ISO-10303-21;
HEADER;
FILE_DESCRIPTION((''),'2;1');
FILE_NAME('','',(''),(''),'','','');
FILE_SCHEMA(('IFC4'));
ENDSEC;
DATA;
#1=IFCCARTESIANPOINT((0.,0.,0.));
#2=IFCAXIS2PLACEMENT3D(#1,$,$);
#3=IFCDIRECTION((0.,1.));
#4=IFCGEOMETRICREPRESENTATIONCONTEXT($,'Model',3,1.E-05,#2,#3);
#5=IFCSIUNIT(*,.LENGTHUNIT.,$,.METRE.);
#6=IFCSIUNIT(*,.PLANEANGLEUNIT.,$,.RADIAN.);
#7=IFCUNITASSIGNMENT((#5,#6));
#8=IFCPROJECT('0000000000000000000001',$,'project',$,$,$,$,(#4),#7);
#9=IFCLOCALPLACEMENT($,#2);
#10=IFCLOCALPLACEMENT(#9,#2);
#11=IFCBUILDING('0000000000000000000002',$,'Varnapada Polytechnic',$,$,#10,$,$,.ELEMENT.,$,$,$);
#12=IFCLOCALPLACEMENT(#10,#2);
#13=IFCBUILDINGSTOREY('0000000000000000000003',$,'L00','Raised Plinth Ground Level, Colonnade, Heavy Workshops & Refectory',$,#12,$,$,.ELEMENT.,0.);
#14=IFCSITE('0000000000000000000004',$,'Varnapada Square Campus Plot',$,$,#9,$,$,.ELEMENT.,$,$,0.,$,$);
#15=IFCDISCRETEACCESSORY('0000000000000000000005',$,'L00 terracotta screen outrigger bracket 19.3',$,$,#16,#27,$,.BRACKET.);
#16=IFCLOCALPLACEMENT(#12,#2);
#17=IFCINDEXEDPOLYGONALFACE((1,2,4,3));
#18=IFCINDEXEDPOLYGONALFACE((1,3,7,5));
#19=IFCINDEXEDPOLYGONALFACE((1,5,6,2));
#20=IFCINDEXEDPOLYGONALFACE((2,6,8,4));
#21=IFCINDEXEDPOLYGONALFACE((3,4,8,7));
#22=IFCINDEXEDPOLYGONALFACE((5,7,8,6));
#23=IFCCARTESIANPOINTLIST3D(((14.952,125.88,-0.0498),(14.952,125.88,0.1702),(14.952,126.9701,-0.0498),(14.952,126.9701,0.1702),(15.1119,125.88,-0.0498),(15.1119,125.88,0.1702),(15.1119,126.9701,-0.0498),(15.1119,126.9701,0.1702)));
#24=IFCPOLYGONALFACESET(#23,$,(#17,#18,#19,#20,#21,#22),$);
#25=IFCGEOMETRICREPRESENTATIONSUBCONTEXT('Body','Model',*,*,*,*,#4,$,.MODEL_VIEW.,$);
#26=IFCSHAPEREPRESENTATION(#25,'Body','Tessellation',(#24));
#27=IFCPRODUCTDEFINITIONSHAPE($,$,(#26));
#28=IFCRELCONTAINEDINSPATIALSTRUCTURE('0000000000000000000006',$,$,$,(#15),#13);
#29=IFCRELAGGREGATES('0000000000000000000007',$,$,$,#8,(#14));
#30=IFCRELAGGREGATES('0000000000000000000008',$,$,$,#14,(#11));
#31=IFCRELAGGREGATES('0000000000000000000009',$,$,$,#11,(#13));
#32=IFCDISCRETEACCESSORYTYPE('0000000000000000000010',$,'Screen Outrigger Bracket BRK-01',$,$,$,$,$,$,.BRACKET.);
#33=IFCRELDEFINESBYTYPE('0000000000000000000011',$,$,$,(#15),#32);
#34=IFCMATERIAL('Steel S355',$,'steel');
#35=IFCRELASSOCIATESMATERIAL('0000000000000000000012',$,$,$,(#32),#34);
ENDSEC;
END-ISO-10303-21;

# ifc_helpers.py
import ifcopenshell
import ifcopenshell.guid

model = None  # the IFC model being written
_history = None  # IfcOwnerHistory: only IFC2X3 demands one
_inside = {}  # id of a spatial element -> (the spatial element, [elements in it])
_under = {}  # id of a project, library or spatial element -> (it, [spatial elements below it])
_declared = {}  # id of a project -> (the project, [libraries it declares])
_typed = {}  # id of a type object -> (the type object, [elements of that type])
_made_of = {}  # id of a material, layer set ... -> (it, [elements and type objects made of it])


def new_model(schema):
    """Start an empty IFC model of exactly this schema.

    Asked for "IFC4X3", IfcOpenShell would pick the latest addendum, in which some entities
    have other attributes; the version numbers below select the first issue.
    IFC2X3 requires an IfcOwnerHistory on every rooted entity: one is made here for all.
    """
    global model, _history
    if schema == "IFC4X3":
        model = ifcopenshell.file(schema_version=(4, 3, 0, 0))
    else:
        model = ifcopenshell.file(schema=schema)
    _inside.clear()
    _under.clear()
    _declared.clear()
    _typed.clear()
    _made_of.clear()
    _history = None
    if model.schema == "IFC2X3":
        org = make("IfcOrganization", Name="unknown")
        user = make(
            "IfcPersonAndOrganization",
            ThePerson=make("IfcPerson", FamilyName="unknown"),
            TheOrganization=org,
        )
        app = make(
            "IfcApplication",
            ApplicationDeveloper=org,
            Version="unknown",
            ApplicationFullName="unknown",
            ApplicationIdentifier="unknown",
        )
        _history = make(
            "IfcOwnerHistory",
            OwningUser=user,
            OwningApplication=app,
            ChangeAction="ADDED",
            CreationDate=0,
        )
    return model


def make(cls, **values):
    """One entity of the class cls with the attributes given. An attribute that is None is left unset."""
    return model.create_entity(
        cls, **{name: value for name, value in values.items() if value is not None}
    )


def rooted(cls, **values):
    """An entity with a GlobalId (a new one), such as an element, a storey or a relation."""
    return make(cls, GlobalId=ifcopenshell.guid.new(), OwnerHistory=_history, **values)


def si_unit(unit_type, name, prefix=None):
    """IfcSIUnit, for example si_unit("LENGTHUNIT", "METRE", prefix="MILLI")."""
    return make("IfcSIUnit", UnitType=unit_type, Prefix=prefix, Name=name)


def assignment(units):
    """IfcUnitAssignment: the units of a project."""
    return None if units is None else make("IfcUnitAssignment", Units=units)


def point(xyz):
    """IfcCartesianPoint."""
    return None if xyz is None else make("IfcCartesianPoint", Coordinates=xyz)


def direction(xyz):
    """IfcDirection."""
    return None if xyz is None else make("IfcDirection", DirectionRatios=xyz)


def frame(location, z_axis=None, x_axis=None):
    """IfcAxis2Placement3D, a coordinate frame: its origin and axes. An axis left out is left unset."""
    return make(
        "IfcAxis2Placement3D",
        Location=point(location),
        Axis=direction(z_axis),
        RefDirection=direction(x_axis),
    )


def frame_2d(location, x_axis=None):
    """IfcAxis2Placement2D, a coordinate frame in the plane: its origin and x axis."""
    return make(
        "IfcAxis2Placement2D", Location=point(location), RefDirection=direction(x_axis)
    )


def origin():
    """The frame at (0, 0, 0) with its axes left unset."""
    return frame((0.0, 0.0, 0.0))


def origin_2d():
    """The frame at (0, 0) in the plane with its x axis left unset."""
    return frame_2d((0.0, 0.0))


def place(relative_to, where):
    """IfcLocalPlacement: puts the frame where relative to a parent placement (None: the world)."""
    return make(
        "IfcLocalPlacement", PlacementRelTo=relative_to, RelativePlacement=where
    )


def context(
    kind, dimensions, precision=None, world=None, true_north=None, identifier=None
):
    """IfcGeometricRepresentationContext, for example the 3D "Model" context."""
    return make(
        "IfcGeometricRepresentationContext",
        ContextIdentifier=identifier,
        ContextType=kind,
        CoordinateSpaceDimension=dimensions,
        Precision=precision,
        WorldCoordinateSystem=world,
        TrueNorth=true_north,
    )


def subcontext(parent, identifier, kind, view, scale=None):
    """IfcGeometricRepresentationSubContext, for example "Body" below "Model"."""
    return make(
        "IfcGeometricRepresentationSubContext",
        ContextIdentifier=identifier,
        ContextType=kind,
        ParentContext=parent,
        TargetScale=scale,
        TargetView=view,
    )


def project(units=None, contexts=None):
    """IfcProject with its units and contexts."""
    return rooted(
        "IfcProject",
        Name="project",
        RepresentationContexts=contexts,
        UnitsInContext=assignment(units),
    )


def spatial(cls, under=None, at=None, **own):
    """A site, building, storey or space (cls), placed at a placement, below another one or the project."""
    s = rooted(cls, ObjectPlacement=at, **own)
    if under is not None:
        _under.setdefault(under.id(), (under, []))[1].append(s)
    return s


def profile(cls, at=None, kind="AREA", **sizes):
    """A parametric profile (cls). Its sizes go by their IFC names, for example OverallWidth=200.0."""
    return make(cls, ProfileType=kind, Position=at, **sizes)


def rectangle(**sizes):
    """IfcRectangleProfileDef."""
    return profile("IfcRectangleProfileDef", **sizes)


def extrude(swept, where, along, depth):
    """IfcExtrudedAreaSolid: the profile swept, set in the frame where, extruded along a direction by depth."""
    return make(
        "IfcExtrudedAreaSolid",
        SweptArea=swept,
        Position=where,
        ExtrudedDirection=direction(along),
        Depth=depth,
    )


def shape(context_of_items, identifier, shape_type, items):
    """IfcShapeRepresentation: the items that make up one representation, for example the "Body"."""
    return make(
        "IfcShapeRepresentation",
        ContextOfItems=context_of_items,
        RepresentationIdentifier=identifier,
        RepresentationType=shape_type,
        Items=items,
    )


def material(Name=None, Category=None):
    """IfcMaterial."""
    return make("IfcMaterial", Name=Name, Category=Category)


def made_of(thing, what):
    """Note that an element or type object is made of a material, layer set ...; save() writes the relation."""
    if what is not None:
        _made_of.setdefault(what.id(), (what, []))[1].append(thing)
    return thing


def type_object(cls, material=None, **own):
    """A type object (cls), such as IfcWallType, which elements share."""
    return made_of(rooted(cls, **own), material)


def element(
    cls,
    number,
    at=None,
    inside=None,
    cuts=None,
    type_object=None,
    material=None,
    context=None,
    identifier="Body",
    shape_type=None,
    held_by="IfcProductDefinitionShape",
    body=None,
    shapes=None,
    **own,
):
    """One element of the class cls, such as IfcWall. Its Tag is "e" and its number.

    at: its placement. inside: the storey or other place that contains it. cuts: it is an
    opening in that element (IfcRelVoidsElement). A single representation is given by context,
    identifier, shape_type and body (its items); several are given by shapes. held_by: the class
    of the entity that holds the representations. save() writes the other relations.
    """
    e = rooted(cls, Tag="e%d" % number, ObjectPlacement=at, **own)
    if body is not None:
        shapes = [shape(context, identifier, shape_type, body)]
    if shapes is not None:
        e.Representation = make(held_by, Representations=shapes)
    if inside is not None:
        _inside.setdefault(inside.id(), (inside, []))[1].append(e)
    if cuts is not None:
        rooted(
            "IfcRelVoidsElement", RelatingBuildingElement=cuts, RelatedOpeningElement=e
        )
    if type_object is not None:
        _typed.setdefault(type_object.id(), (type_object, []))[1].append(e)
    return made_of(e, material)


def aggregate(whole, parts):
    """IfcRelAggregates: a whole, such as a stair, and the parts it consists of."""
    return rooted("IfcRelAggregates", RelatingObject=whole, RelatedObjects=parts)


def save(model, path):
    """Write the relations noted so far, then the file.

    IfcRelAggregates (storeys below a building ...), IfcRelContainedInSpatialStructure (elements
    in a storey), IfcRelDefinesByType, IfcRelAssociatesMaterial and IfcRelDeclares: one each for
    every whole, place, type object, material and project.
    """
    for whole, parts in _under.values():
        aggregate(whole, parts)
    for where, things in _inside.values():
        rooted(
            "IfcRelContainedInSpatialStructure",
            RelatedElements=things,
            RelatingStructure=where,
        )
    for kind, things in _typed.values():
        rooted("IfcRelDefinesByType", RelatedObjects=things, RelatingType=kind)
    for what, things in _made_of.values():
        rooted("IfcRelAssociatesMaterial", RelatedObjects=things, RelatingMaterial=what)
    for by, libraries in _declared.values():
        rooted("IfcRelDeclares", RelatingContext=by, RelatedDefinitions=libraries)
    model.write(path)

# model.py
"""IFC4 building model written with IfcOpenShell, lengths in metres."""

from ifc_helpers import new_model, si_unit, direction, frame, origin, origin_2d, place, context, subcontext, project, spatial, rectangle, extrude, material, type_object, element, save


model = new_model("IFC4")

# Units and contexts
model_context = context("Model", 3, precision=1e-05, world=origin(), true_north=direction((0.0, 1.0)))
body_context = subcontext(model_context, "Body", "Model", "MODEL_VIEW")
ifc_project = project(units=[si_unit("LENGTHUNIT", "METRE"), si_unit("PLANEANGLEUNIT", "RADIAN")], contexts=[model_context])

# Site, building, storey
site_placement = place(None, origin())
site = spatial("IfcSite", under=ifc_project, at=site_placement, Name="Varnapada Square Campus Plot", CompositionType="ELEMENT", RefElevation=0.0)
building_placement = place(site_placement, origin())
building = spatial("IfcBuilding", under=site, at=building_placement, Name="Varnapada Polytechnic", CompositionType="ELEMENT")
storey_placement = place(building_placement, origin())
storey = spatial("IfcBuildingStorey", under=building, at=storey_placement, Name="L00", Description="Raised Plinth Ground Level, Colonnade, Heavy Workshops & Refectory", CompositionType="ELEMENT", Elevation=0.0)

# Discrete accessory
ifc_material_1 = material(Name="Steel S355", Category="steel")
discrete_accessory_type = type_object("IfcDiscreteAccessoryType", Name="Screen Outrigger Bracket BRK-01", PredefinedType="BRACKET", material=ifc_material_1)
for number, where, z_axis, x_axis, name in (
    (1, (15.032, 126.425, -0.0498), (0.0, 0.0, 1.0), (1.0, 0.0, 0.0), "L00 terracotta screen outrigger bracket 19.3"),
):
    element("IfcDiscreteAccessory", number, at=place(storey_placement, frame(where, z_axis=z_axis, x_axis=x_axis)), inside=storey, type_object=discrete_accessory_type, Name=name, PredefinedType="BRACKET", context=body_context, shape_type="SweptSolid", body=[
        extrude(rectangle(XDim=0.1599, YDim=1.0901, at=origin_2d()), origin(), (0.0, 0.0, 1.0), 0.22),
    ])

save(model, "model.ifc")
